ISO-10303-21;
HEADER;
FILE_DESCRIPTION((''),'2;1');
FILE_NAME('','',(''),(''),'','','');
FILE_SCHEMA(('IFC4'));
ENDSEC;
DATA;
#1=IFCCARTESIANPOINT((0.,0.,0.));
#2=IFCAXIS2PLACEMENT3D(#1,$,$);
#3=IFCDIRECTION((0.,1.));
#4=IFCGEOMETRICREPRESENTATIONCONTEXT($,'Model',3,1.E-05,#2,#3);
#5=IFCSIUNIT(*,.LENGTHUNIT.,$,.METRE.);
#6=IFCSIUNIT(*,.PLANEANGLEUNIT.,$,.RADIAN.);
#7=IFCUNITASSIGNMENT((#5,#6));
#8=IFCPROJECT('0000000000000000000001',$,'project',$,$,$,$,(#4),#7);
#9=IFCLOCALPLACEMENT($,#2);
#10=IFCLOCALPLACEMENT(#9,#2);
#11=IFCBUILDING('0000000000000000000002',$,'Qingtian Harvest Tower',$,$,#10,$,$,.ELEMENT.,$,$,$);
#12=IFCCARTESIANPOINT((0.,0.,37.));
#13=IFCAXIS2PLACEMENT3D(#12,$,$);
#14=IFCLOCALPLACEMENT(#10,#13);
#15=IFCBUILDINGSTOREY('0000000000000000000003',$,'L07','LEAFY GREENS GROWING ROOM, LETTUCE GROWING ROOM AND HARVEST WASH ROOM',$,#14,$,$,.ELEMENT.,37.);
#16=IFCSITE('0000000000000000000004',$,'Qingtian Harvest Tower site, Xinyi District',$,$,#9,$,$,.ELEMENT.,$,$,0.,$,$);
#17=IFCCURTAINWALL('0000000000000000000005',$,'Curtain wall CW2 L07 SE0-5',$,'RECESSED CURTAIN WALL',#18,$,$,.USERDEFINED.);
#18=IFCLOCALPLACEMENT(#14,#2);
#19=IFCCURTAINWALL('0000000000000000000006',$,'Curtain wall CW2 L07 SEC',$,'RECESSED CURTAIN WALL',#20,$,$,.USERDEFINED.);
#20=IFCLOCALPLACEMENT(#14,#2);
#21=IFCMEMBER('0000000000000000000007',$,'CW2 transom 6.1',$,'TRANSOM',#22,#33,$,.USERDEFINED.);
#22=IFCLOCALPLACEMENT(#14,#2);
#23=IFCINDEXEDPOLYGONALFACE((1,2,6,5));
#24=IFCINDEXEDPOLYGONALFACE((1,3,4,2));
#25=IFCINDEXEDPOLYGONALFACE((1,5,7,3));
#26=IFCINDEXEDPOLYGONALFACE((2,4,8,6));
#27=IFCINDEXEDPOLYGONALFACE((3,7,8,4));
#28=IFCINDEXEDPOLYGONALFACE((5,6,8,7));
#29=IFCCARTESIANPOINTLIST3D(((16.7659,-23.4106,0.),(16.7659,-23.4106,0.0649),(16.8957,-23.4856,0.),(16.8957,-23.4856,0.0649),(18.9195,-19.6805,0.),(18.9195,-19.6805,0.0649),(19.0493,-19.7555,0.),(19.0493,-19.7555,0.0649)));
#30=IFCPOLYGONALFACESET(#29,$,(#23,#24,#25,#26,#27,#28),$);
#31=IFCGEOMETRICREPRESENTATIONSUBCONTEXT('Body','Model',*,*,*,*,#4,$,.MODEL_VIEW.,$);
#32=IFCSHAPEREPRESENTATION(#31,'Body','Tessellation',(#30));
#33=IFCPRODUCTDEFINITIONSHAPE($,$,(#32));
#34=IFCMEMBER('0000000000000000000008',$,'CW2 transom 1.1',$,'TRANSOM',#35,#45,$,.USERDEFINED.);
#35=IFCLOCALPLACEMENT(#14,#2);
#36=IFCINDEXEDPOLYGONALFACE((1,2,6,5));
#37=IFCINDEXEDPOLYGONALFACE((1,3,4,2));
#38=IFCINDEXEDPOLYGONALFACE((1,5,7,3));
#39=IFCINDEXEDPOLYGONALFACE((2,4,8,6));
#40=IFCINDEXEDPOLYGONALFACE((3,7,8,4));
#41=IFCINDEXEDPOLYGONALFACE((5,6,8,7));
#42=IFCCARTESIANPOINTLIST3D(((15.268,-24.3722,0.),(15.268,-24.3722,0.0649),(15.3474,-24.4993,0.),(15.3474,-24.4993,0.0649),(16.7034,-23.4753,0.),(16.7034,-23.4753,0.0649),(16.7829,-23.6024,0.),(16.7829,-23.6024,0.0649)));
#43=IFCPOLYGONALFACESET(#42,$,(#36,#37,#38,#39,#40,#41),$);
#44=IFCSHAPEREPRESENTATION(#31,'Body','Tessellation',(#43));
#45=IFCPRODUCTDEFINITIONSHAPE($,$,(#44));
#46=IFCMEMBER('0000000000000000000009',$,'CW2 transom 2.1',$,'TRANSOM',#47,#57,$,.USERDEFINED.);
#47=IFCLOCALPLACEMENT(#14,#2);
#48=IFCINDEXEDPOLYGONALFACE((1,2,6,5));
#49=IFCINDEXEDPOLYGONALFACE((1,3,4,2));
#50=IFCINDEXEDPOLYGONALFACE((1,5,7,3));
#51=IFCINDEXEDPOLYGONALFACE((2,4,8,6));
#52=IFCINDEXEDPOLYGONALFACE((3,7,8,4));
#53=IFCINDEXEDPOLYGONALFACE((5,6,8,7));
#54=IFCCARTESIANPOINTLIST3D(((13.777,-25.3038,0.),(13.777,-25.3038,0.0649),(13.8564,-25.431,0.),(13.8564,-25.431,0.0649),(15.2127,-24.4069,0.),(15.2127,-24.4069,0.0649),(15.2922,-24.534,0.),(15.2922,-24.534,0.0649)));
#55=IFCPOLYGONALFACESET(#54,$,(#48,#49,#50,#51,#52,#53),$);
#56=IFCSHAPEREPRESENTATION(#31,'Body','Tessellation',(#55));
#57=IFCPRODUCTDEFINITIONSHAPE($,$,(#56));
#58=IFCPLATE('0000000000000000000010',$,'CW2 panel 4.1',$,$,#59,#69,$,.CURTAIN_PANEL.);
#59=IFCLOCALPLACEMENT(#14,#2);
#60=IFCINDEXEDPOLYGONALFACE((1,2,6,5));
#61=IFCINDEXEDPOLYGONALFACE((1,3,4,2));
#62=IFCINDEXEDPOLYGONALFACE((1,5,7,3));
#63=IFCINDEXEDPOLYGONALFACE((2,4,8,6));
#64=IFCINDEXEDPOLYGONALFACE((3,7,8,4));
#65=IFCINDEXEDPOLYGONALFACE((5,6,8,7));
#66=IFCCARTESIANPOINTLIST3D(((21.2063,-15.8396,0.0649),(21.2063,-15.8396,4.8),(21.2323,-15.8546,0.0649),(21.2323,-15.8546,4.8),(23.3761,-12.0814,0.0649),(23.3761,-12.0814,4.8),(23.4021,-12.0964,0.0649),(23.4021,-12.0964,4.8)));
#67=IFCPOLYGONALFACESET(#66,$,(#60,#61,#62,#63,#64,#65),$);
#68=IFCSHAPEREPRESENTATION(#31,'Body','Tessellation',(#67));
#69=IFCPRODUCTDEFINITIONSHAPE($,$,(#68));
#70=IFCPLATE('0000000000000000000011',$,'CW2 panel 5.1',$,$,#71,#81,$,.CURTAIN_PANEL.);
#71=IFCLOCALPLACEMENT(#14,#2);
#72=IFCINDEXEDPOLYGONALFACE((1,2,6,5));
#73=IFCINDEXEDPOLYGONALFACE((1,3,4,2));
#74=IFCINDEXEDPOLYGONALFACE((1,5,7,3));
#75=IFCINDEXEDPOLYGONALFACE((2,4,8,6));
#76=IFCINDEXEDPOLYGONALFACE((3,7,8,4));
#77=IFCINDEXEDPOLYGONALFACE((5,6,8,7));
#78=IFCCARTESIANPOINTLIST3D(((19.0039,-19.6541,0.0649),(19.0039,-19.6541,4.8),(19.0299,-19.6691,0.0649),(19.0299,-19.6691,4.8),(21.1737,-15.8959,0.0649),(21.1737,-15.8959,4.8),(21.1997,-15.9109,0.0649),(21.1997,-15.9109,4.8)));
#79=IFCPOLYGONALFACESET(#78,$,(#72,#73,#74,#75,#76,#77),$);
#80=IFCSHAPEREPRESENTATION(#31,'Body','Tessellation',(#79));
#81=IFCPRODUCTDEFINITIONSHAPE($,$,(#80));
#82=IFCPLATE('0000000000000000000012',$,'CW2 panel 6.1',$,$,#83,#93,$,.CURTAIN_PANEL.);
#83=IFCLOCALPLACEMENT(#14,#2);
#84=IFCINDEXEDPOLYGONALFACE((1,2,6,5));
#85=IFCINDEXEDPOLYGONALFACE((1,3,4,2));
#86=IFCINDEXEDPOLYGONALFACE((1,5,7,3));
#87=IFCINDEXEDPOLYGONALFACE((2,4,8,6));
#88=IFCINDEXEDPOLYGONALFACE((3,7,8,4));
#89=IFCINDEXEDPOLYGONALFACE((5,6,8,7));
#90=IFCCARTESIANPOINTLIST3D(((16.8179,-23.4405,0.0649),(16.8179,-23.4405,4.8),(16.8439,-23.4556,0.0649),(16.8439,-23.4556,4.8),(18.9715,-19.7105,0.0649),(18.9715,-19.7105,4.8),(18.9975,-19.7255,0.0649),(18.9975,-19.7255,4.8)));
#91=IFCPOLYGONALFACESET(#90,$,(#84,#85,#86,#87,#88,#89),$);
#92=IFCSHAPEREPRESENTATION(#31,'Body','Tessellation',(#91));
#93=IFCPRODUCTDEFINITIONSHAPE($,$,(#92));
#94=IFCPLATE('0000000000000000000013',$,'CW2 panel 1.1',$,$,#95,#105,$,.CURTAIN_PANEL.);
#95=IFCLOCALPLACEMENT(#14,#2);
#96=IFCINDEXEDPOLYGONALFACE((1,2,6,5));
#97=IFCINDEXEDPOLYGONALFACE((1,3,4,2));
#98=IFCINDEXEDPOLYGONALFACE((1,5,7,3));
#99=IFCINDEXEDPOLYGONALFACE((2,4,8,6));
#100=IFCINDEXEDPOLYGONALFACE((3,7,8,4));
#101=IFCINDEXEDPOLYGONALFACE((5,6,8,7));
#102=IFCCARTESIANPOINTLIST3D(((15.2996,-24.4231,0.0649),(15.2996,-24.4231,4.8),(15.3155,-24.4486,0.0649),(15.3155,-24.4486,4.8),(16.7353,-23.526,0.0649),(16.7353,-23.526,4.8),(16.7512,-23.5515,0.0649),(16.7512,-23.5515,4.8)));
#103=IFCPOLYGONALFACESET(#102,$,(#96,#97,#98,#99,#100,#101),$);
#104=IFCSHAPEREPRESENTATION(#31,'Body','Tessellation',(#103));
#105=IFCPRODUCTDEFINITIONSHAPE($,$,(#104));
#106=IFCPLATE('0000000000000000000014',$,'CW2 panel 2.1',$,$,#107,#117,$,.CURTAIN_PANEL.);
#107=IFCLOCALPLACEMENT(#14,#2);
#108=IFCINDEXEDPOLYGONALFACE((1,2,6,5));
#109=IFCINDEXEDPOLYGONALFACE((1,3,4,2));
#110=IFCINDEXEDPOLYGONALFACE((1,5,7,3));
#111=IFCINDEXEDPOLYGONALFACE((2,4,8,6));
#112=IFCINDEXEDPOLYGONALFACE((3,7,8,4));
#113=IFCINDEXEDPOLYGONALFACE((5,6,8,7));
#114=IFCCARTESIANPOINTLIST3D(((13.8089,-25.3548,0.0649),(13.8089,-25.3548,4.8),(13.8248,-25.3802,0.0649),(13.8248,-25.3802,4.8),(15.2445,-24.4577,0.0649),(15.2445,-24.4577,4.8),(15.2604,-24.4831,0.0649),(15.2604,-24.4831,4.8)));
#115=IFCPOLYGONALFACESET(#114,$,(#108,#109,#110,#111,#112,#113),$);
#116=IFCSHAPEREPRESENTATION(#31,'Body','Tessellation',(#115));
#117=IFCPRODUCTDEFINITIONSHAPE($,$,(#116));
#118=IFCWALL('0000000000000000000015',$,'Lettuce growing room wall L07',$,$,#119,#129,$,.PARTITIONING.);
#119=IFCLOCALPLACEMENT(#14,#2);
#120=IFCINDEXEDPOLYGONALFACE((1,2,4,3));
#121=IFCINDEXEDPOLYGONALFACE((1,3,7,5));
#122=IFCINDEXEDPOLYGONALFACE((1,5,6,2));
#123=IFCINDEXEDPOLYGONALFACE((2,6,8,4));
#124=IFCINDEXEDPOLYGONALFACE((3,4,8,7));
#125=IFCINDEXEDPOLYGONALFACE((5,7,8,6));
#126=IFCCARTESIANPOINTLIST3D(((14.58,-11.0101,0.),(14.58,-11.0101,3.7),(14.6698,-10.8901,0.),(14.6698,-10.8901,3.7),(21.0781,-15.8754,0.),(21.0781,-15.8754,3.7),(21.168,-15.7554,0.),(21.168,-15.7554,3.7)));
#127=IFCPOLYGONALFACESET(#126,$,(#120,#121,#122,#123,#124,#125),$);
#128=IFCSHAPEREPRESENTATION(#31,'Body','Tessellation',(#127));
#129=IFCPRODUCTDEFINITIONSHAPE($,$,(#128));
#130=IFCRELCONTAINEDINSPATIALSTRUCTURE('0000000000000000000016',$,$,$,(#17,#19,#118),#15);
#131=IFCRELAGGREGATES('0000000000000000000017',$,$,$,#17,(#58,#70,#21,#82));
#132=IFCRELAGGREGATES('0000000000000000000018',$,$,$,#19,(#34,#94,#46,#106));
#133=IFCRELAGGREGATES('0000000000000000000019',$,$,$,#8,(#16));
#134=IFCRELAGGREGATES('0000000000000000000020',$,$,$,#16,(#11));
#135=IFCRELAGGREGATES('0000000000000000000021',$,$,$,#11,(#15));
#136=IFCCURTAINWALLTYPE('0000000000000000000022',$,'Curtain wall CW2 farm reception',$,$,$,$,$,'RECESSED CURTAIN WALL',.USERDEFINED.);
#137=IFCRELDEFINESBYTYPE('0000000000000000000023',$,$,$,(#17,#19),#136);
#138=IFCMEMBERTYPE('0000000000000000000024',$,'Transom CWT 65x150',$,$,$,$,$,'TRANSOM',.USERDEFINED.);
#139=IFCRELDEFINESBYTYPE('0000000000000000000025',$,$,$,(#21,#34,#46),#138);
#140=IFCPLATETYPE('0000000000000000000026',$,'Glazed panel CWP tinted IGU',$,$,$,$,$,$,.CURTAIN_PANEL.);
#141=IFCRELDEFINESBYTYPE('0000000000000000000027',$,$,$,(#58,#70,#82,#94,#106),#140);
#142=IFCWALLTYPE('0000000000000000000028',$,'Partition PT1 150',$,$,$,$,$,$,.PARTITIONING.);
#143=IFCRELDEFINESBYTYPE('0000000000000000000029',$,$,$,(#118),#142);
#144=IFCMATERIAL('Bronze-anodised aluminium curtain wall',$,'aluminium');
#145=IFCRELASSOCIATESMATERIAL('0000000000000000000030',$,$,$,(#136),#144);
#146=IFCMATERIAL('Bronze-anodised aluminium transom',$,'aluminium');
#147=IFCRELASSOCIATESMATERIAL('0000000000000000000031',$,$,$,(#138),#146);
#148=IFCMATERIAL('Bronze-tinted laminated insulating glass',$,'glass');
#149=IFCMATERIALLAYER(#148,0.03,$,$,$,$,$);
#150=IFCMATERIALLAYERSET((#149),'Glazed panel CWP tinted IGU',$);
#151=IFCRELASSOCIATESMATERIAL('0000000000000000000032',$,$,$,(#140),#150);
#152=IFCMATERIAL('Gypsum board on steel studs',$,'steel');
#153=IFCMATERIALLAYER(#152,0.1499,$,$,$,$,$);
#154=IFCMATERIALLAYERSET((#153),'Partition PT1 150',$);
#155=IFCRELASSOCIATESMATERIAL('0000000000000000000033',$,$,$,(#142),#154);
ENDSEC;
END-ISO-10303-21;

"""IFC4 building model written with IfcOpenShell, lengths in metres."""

from ifc_helpers import new_model, si_unit, direction, frame, frame_2d, origin, origin_2d, place, context, subcontext, project, spatial, rectangle, extrude, material, layer, layer_set, material_profile, profile_set, type_object, element, aggregate, save


model = new_model("IFC4")

# Units and contexts
model_context = context("Model", 3, precision=1e-05, world=origin(), true_north=direction((0.0, 1.0)))
body_context = subcontext(model_context, "Body", "Model", "MODEL_VIEW")
ifc_project = project(units=[si_unit("LENGTHUNIT", "METRE"), si_unit("PLANEANGLEUNIT", "RADIAN")], contexts=[model_context])

# Site, building, storey
site_placement = place(None, origin())
site = spatial("IfcSite", under=ifc_project, at=site_placement, Name="Qingtian Harvest Tower site, Xinyi District", CompositionType="ELEMENT", RefElevation=0.0)
building_placement = place(site_placement, origin())
building = spatial("IfcBuilding", under=site, at=building_placement, Name="Qingtian Harvest Tower", CompositionType="ELEMENT")
storey_placement = place(building_placement, frame((0.0, 0.0, 37.0)))
storey = spatial("IfcBuildingStorey", under=building, at=storey_placement, Name="L07", Description="LEAFY GREENS GROWING ROOM, LETTUCE GROWING ROOM AND HARVEST WASH ROOM", CompositionType="ELEMENT", Elevation=37.0)

# Curtain walls
ifc_material_1 = material(Name="Bronze-anodised aluminium curtain wall", Category="aluminium")
curtain_wall_type = type_object("IfcCurtainWallType", Name="Curtain wall CW2 farm reception", ElementType="RECESSED CURTAIN WALL", PredefinedType="USERDEFINED", material=ifc_material_1)
curtain_wall_1_placement = place(storey_placement, origin())
curtain_wall_1 = element("IfcCurtainWall", 1, at=curtain_wall_1_placement, inside=storey, type_object=curtain_wall_type, Name="Curtain wall CW2 L07 SE0-5", ObjectType="RECESSED CURTAIN WALL", PredefinedType="USERDEFINED")
curtain_wall_2_placement = place(storey_placement, origin())
curtain_wall_2 = element("IfcCurtainWall", 2, at=curtain_wall_2_placement, inside=storey, type_object=curtain_wall_type, Name="Curtain wall CW2 L07 SEC", ObjectType="RECESSED CURTAIN WALL", PredefinedType="USERDEFINED")

# Members
ifc_material_2 = material(Name="Bronze-anodised aluminium transom", Category="aluminium")
ifc_material_profile_1 = material_profile(ifc_material_2, rectangle(XDim=0.1499, YDim=0.0649, at=origin_2d()), Name="AL 65x150")
ifc_profile_set_1 = profile_set([ifc_material_profile_1], Name="Bronze-anodised aluminium transom")
member_type_1 = type_object("IfcMemberType", Name="Transom CWT 65x150", ElementType="TRANSOM", PredefinedType="USERDEFINED", material=ifc_profile_set_1)
member_1_placement = place(storey_placement, frame((18.9844, -19.718, 0.0325), z_axis=(-0.50001, -0.866019, 0.0), x_axis=(0.866019, -0.50001, 0.0)))
member_1 = element("IfcMember", 3, at=member_1_placement, type_object=member_type_1, Name="CW2 transom 6.1", ObjectType="TRANSOM", PredefinedType="USERDEFINED", context=body_context, shape_type="SweptSolid", body=[
    extrude(rectangle(XDim=0.1499, YDim=0.0649, at=origin_2d()), origin(), (0.0, 0.0, 1.0), 4.3071),
])
member_2_placement = place(storey_placement, frame((16.7432, -23.5388, 0.0325), z_axis=(-0.848063, -0.529895, 0.0), x_axis=(0.529895, -0.848063, 0.0)))
member_2 = element("IfcMember", 4, at=member_2_placement, type_object=member_type_1, Name="CW2 transom 1.1", ObjectType="TRANSOM", PredefinedType="USERDEFINED", context=body_context, shape_type="SweptSolid", body=[
    extrude(rectangle(XDim=0.1499, YDim=0.0649, at=origin_2d()), origin(), (0.0, 0.0, 1.0), 1.6926),
])
member_3_placement = place(storey_placement, frame((15.2524, -24.4705, 0.0325), z_axis=(-0.848104, -0.52983, 0.0), x_axis=(0.52983, -0.848104, 0.0)))
member_3 = element("IfcMember", 5, at=member_3_placement, type_object=member_type_1, Name="CW2 transom 2.1", ObjectType="TRANSOM", PredefinedType="USERDEFINED", context=body_context, shape_type="SweptSolid", body=[
    extrude(rectangle(XDim=0.1499, YDim=0.0649, at=origin_2d()), origin(), (0.0, 0.0, 1.0), 1.6929),
])

# Plates
ifc_material_3 = material(Name="Bronze-tinted laminated insulating glass", Category="glass")
ifc_layer_1 = layer(ifc_material_3, 0.03)
ifc_layer_set_1 = layer_set([ifc_layer_1], Name="Glazed panel CWP tinted IGU")
plate_type = type_object("IfcPlateType", Name="Glazed panel CWP tinted IGU", PredefinedType="CURTAIN_PANEL", material=ifc_layer_set_1)
plate_1_placement = place(storey_placement, frame((22.3042, -13.968, 0.0649), z_axis=(0.0, 0.0, 1.0), x_axis=(-0.5, -0.866025, 0.0)))
plate_1 = element("IfcPlate", 6, at=plate_1_placement, type_object=plate_type, Name="CW2 panel 4.1", PredefinedType="CURTAIN_PANEL", context=body_context, shape_type="SweptSolid", body=[
    extrude(rectangle(XDim=4.3396, YDim=0.03, at=origin_2d()), origin(), (0.0, 0.0, 1.0), 4.7351),
])
plate_2_placement = place(storey_placement, frame((20.1018, -17.7825, 0.0649), z_axis=(0.0, 0.0, 1.0), x_axis=(-0.5, -0.866025, 0.0)))
plate_2 = element("IfcPlate", 7, at=plate_2_placement, type_object=plate_type, Name="CW2 panel 5.1", PredefinedType="CURTAIN_PANEL", context=body_context, shape_type="SweptSolid", body=[
    extrude(rectangle(XDim=4.3396, YDim=0.03, at=origin_2d()), origin(), (0.0, 0.0, 1.0), 4.7351),
])
plate_3_placement = place(storey_placement, frame((17.9077, -21.583, 0.0649), z_axis=(0.0, 0.0, 1.0), x_axis=(-0.5, -0.866025, 0.0)))
plate_3 = element("IfcPlate", 8, at=plate_3_placement, type_object=plate_type, Name="CW2 panel 6.1", PredefinedType="CURTAIN_PANEL", context=body_context, shape_type="SweptSolid", body=[
    extrude(rectangle(XDim=4.3071, YDim=0.03, at=origin_2d()), origin(), (0.0, 0.0, 1.0), 4.7351),
])
aggregate(curtain_wall_1, [plate_1, plate_2, member_1, plate_3])
plate_4_placement = place(storey_placement, frame((16.0254, -23.9873, 0.0649), z_axis=(0.0, 0.0, 1.0), x_axis=(-0.848048, -0.529919, 0.0)))
plate_4 = element("IfcPlate", 9, at=plate_4_placement, type_object=plate_type, Name="CW2 panel 1.1", PredefinedType="CURTAIN_PANEL", context=body_context, shape_type="SweptSolid", body=[
    extrude(rectangle(XDim=1.6929, YDim=0.03, at=origin_2d()), origin(), (0.0, 0.0, 1.0), 4.7351),
])
plate_5_placement = place(storey_placement, frame((14.5347, -24.9189, 0.0649), z_axis=(0.0, 0.0, 1.0), x_axis=(-0.848048, -0.529919, 0.0)))
plate_5 = element("IfcPlate", 10, at=plate_5_placement, type_object=plate_type, Name="CW2 panel 2.1", PredefinedType="CURTAIN_PANEL", context=body_context, shape_type="SweptSolid", body=[
    extrude(rectangle(XDim=1.6929, YDim=0.03, at=origin_2d()), origin(), (0.0, 0.0, 1.0), 4.7351),
])
aggregate(curtain_wall_2, [member_2, plate_4, member_3, plate_5])

# Wall
ifc_material_4 = material(Name="Gypsum board on steel studs", Category="steel")
ifc_layer_2 = layer(ifc_material_4, 0.1499)
ifc_layer_set_2 = layer_set([ifc_layer_2], Name="Partition PT1 150")
wall_type = type_object("IfcWallType", Name="Partition PT1 150", PredefinedType="PARTITIONING", material=ifc_layer_set_2)
wall_placement = place(storey_placement, frame((21.123, -15.8154, 0.0), z_axis=(0.0, 0.0, 1.0), x_axis=(-0.800491, 0.599345, 0.0)))
element("IfcWall", 11, at=wall_placement, inside=storey, type_object=wall_type, Name="Lettuce growing room wall L07", PredefinedType="PARTITIONING", context=body_context, shape_type="SweptSolid", body=[
    extrude(rectangle(XDim=8.1177, YDim=0.1499, at=frame_2d((4.0588, 0.0))), origin(), (0.0, 0.0, 1.0), 3.7),
])

save(model, "model.ifc")
